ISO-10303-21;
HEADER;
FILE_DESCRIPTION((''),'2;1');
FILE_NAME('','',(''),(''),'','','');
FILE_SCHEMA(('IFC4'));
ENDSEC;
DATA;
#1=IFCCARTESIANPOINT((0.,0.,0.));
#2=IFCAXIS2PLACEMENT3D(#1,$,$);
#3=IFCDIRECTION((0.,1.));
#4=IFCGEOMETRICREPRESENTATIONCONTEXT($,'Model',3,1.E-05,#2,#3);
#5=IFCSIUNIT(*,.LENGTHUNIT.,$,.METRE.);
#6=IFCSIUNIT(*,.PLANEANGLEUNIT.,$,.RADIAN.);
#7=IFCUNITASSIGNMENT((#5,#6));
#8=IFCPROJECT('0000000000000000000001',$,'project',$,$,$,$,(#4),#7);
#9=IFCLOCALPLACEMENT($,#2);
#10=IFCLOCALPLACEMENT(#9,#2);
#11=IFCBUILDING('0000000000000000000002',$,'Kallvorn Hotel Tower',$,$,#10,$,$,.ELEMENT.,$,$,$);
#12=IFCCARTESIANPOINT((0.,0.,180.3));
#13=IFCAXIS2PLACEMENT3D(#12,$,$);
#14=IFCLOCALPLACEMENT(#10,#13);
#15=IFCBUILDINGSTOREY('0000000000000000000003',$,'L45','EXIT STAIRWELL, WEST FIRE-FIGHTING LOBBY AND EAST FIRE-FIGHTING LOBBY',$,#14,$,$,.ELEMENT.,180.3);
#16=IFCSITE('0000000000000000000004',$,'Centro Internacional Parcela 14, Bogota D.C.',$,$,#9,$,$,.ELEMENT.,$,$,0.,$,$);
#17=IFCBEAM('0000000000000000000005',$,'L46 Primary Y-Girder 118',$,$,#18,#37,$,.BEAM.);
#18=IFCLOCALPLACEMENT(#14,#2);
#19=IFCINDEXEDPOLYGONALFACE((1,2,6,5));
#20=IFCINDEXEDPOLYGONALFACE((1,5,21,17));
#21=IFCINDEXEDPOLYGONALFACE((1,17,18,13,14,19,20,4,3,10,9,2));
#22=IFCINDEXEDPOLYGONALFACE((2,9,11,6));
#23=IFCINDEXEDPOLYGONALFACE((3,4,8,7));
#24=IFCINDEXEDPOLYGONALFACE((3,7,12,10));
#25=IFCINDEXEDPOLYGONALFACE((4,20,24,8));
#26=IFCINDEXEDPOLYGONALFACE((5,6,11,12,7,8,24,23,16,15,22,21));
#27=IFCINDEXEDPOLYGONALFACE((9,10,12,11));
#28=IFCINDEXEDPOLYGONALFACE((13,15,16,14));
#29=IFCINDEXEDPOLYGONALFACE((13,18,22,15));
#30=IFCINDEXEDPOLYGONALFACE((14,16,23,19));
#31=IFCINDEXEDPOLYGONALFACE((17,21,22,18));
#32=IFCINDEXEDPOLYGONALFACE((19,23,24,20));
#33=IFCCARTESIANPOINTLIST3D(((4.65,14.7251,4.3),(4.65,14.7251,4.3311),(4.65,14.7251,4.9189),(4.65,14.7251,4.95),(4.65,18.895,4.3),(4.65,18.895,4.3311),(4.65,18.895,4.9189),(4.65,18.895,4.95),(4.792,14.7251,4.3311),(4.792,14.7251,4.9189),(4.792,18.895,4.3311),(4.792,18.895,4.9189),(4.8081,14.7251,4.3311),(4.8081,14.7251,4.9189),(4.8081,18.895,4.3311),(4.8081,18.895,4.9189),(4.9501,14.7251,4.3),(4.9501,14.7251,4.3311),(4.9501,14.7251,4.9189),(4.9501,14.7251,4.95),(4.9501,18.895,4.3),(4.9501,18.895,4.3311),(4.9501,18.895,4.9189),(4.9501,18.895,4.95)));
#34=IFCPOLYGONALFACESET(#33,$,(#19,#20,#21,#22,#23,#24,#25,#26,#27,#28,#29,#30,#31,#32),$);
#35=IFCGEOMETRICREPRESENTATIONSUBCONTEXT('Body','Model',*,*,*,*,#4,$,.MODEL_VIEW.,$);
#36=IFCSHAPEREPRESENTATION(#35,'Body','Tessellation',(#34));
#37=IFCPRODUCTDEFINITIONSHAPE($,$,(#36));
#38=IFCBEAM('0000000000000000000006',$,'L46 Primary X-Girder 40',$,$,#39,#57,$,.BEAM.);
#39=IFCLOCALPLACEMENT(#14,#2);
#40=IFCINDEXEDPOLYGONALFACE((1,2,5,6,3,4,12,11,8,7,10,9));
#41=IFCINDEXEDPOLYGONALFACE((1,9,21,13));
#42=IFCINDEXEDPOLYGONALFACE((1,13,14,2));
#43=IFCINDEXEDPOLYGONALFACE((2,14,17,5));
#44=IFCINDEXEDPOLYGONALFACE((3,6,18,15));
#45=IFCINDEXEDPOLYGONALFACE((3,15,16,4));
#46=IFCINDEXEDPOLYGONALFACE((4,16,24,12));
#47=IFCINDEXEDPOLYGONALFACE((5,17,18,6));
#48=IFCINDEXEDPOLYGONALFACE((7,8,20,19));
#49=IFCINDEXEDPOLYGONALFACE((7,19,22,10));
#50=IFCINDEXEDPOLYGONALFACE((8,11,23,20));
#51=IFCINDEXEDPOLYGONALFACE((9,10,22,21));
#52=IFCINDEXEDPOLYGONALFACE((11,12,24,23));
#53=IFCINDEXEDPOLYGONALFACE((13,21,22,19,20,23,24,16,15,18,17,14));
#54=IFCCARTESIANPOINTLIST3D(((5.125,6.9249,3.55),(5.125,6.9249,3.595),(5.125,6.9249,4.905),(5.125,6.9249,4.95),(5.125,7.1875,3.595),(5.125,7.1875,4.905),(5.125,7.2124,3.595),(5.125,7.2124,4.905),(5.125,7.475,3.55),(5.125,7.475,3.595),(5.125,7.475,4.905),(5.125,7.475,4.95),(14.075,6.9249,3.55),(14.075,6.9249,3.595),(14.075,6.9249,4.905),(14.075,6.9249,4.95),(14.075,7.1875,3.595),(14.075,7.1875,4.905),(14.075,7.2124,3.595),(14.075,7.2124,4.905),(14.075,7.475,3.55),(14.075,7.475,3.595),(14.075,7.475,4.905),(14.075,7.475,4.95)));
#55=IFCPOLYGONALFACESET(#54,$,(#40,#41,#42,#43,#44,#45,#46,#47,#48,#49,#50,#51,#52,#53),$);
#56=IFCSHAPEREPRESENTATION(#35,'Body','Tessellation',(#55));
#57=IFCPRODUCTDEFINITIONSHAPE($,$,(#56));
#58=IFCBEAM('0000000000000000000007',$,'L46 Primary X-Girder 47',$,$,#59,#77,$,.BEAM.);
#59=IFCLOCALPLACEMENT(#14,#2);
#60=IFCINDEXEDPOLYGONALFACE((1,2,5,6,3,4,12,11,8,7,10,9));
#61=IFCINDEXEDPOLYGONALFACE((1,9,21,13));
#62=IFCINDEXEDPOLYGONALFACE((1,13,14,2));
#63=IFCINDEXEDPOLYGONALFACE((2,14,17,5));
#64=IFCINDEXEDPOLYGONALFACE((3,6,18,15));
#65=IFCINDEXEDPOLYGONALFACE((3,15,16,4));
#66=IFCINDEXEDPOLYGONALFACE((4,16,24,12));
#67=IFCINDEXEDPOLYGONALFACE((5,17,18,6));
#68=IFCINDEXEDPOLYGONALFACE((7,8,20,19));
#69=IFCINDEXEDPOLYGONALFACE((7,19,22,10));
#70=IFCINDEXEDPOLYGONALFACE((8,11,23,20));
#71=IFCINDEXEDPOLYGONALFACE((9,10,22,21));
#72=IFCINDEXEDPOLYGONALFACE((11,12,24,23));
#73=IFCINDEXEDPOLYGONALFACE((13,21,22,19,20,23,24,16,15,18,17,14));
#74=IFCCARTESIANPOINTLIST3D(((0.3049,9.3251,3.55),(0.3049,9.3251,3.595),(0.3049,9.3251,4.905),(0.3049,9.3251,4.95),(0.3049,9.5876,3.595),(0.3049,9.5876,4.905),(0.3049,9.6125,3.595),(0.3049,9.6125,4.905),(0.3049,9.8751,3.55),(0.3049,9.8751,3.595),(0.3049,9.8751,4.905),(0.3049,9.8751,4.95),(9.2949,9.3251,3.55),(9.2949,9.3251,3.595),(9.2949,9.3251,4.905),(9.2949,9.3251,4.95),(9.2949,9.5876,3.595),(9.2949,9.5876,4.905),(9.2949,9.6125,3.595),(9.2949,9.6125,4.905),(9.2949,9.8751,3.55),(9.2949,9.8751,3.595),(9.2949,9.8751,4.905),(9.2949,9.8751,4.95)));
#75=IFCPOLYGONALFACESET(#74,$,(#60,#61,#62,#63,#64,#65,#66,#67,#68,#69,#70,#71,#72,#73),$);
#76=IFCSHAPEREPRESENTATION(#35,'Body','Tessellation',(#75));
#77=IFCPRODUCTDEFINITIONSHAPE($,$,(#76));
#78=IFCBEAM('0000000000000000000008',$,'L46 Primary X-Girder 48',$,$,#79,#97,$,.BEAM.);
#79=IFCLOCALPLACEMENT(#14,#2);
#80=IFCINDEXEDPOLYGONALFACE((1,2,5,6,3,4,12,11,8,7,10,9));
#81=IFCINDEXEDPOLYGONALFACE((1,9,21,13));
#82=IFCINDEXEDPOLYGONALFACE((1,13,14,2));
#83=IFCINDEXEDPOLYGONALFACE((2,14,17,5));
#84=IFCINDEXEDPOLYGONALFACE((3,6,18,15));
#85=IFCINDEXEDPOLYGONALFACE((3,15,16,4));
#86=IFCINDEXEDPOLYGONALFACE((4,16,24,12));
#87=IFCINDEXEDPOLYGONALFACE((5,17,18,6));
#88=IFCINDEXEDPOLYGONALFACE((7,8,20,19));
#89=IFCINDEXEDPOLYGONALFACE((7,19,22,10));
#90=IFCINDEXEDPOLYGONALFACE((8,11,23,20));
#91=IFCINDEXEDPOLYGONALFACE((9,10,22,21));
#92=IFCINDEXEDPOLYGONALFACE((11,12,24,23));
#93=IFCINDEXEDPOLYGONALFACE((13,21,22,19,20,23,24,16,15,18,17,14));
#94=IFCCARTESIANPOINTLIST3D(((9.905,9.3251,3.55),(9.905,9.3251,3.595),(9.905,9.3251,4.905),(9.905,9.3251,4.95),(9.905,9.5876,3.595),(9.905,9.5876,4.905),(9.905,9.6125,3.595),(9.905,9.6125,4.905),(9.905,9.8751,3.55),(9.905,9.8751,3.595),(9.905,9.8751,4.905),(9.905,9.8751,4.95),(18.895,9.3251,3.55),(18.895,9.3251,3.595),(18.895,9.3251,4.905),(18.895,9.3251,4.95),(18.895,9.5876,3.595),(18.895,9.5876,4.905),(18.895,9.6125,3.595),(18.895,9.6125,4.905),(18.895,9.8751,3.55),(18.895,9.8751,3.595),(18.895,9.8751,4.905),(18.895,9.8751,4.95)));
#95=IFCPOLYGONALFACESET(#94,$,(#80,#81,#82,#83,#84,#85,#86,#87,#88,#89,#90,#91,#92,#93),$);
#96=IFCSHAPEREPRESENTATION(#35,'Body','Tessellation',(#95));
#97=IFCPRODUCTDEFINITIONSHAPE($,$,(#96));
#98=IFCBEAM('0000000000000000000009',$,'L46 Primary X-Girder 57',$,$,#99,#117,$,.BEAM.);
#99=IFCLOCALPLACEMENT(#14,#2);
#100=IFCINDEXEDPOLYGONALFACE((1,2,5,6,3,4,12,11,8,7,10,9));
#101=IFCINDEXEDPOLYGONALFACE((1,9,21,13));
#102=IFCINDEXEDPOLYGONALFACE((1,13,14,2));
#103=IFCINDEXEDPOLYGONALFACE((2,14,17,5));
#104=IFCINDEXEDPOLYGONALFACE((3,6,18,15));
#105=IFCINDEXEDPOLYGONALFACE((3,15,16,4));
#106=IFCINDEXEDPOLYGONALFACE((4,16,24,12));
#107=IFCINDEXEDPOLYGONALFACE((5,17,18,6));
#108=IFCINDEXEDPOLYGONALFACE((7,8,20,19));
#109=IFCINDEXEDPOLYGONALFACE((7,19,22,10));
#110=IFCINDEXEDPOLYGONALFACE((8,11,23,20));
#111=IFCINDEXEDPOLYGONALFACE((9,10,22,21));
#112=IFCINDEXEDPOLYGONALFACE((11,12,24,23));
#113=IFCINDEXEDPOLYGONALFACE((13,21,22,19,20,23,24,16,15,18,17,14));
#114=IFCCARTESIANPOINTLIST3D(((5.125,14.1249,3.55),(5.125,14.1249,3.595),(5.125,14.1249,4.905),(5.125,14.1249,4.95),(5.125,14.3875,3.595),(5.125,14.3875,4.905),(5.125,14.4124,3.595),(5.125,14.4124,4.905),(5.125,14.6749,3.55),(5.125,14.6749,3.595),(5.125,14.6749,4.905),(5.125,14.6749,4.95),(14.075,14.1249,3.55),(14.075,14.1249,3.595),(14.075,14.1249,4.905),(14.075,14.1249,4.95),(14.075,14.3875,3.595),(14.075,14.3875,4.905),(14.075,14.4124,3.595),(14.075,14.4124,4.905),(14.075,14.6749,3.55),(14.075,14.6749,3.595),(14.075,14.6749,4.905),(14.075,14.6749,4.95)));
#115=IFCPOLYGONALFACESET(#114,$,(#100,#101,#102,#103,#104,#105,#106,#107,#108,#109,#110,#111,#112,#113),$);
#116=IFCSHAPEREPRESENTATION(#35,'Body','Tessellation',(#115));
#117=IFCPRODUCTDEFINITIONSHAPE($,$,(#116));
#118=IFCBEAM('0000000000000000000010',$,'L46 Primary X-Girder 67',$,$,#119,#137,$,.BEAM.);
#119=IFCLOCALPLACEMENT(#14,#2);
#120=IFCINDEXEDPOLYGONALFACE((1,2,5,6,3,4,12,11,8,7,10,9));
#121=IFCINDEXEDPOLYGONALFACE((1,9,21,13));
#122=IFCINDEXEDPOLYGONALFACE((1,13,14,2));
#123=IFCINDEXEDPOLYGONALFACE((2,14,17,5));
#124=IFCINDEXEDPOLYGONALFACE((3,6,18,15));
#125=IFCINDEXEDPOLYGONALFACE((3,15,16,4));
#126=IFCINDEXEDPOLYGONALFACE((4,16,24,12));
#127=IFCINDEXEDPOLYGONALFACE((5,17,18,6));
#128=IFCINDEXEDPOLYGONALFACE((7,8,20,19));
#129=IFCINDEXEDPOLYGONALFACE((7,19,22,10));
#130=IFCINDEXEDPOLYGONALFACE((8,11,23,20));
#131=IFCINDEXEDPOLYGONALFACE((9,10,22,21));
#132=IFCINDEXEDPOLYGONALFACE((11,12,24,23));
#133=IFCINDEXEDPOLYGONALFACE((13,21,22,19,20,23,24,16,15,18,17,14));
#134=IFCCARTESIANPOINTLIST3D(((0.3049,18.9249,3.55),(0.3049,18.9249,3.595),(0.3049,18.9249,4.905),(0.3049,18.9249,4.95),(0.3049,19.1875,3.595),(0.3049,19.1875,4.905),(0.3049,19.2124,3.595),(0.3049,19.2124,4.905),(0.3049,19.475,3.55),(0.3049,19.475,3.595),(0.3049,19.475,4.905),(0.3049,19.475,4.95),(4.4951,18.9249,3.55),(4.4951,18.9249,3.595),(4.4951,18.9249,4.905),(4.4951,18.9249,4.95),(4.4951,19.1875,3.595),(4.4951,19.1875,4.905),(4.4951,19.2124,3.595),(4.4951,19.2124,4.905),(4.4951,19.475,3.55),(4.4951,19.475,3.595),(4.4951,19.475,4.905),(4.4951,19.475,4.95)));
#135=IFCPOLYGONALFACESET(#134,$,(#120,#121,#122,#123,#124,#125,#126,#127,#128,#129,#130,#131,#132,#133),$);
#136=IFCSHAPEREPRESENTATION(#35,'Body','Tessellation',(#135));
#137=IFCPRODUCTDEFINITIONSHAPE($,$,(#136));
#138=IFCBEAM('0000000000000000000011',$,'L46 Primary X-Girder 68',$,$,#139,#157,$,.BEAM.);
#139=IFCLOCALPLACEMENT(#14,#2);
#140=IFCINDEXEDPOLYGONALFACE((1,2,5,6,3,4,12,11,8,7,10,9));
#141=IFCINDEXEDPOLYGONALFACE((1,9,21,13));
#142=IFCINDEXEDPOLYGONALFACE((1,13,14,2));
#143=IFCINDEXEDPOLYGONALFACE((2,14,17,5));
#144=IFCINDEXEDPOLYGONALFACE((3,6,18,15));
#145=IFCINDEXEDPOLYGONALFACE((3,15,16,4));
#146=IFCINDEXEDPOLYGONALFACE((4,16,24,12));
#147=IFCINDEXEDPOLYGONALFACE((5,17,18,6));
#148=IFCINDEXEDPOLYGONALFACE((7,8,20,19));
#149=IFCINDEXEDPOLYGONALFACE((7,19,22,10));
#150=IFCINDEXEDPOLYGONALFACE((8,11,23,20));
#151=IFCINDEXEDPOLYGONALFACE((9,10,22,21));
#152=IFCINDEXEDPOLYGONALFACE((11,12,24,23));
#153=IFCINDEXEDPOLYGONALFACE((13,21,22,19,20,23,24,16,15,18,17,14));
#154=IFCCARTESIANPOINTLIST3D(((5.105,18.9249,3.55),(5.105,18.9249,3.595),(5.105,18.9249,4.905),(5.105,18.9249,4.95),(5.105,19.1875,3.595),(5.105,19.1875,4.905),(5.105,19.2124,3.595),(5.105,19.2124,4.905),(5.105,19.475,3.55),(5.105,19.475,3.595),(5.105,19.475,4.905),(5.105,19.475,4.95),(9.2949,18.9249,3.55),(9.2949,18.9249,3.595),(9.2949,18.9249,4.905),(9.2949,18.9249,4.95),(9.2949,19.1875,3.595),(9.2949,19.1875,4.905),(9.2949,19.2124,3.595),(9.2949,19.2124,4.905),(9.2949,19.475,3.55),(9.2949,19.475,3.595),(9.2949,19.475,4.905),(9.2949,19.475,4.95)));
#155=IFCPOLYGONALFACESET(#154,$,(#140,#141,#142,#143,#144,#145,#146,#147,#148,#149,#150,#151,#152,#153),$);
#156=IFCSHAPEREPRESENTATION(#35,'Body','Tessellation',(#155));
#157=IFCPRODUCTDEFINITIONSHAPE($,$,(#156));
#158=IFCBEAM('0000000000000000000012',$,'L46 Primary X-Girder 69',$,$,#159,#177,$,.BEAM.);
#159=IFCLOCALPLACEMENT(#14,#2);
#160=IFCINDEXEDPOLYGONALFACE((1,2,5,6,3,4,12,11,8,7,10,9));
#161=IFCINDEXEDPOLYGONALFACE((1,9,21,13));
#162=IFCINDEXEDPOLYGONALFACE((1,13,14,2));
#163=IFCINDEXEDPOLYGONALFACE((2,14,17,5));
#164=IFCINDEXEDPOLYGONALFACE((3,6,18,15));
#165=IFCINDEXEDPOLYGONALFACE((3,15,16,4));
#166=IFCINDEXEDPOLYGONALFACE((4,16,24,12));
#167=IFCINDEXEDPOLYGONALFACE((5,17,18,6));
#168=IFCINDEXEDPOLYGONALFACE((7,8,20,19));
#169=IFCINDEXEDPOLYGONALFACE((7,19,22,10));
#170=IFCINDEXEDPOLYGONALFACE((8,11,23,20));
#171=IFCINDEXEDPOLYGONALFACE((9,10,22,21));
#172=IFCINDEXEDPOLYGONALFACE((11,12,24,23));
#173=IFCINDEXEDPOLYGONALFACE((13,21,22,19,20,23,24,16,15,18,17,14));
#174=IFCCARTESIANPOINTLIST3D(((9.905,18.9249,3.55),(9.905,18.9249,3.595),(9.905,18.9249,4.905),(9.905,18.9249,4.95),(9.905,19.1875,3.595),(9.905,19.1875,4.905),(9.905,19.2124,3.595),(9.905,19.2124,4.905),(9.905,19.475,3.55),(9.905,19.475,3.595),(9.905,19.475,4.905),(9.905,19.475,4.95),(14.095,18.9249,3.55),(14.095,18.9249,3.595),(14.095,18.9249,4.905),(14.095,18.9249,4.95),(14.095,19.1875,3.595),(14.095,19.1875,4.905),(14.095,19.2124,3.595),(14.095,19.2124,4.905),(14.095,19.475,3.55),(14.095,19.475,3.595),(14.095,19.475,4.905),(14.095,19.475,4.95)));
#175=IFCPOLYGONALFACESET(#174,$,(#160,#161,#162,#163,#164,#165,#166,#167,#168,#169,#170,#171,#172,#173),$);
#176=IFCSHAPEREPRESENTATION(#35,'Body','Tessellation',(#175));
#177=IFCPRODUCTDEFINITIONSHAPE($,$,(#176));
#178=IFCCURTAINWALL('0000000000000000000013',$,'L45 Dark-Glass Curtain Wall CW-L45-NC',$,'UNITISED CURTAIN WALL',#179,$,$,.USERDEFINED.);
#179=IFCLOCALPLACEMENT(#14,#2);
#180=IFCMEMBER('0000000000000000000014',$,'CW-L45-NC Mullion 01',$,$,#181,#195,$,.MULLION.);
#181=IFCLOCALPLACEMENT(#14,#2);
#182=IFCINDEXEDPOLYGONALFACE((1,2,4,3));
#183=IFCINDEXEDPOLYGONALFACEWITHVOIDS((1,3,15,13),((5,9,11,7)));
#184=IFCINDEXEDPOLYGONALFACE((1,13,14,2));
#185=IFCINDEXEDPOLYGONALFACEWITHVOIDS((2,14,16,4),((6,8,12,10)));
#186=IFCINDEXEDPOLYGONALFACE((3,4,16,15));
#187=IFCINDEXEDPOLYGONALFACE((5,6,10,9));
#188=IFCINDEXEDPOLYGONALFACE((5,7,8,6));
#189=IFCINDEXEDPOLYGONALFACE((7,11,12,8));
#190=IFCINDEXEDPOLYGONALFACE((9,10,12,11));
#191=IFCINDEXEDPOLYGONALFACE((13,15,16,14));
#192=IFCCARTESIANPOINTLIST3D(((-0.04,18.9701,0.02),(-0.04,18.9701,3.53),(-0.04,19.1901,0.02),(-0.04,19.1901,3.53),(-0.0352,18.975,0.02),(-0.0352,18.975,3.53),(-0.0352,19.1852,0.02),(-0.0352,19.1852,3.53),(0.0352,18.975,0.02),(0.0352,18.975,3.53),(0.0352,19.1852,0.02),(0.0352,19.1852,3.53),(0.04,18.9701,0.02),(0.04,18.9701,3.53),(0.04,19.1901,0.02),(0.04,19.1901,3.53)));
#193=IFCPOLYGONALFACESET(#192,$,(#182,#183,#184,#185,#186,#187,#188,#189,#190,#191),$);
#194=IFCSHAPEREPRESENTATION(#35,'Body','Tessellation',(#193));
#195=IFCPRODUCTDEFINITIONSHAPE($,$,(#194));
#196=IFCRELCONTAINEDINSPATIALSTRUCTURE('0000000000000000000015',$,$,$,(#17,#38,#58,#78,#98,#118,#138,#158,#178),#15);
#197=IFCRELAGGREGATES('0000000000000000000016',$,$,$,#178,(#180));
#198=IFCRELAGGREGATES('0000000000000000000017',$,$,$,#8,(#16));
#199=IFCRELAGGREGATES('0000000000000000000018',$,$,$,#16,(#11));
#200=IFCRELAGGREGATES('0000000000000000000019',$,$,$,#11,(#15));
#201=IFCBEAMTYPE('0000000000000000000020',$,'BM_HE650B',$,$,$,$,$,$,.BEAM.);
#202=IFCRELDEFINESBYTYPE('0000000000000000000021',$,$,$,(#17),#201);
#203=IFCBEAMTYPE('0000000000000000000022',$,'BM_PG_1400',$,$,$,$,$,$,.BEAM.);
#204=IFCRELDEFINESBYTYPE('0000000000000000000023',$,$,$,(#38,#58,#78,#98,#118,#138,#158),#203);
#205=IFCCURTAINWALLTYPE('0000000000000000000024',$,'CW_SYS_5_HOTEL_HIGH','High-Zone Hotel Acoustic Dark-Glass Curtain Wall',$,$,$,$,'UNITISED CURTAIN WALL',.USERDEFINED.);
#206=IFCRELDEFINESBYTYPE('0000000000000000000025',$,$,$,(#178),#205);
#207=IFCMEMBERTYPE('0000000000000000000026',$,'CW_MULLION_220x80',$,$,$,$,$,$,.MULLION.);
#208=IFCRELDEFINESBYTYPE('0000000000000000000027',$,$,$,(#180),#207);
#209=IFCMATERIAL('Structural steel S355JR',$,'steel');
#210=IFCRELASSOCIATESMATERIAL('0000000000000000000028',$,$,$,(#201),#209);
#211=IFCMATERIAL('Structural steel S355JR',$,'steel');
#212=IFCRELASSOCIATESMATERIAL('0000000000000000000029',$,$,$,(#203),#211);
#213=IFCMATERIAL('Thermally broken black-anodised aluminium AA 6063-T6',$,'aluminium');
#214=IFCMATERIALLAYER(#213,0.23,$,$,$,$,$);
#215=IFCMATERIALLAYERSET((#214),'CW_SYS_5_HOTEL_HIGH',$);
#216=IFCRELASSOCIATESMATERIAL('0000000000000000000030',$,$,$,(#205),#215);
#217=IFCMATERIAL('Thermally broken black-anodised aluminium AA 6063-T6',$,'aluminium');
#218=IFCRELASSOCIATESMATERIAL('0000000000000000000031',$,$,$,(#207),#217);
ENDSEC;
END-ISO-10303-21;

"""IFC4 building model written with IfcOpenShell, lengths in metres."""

from ifc_helpers import new_model, si_unit, direction, frame, origin, origin_2d, place, context, subcontext, project, spatial, hollow_rectangle, i_section, extrude, material, layer, layer_set, material_profile, profile_set, type_object, element, aggregate, save


model = new_model("IFC4")

# Units and contexts
model_context = context("Model", 3, precision=1e-05, world=origin(), true_north=direction((0.0, 1.0)))
body_context = subcontext(model_context, "Body", "Model", "MODEL_VIEW")
ifc_project = project(units=[si_unit("LENGTHUNIT", "METRE"), si_unit("PLANEANGLEUNIT", "RADIAN")], contexts=[model_context])

# Site, building, storey
site_placement = place(None, origin())
site = spatial("IfcSite", under=ifc_project, at=site_placement, Name="Centro Internacional Parcela 14, Bogota D.C.", CompositionType="ELEMENT", RefElevation=0.0)
building_placement = place(site_placement, origin())
building = spatial("IfcBuilding", under=site, at=building_placement, Name="Kallvorn Hotel Tower", CompositionType="ELEMENT")
storey_placement = place(building_placement, frame((0.0, 0.0, 180.3)))
storey = spatial("IfcBuildingStorey", under=building, at=storey_placement, Name="L45", Description="EXIT STAIRWELL, WEST FIRE-FIGHTING LOBBY AND EAST FIRE-FIGHTING LOBBY", CompositionType="ELEMENT", Elevation=180.3)

# Beams
ifc_material_1 = material(Name="Structural steel S355JR", Category="steel")
ifc_material_profile_1 = material_profile(ifc_material_1, i_section(OverallWidth=0.3, OverallDepth=0.6499, WebThickness=0.0161, FlangeThickness=0.031, at=origin_2d()), Name="HE 650 B")
ifc_profile_set_1 = profile_set([ifc_material_profile_1], Name="Structural steel S355JR")
beam_type_1 = type_object("IfcBeamType", Name="BM_HE650B", PredefinedType="BEAM", material=ifc_profile_set_1)
beam_1_placement = place(storey_placement, frame((4.8, 14.7251, 4.625), z_axis=(0.0, 1.0, 0.0), x_axis=(-1.0, 0.0, 0.0)))
element("IfcBeam", 1, at=beam_1_placement, inside=storey, type_object=beam_type_1, Name="L46 Primary Y-Girder 118", PredefinedType="BEAM", context=body_context, shape_type="SweptSolid", body=[
    extrude(i_section(OverallWidth=0.3, OverallDepth=0.6499, WebThickness=0.0161, FlangeThickness=0.031, at=origin_2d()), origin(), (0.0, 0.0, 1.0), 4.1699),
])
ifc_material_2 = material(Name="Structural steel S355JR", Category="steel")
ifc_material_profile_2 = material_profile(ifc_material_2, i_section(OverallWidth=0.55, OverallDepth=1.3999, WebThickness=0.0249, FlangeThickness=0.0449, at=origin_2d()), Name="PG 1400x550x25x45")
ifc_profile_set_2 = profile_set([ifc_material_profile_2], Name="Structural steel S355JR")
beam_type_2 = type_object("IfcBeamType", Name="BM_PG_1400", PredefinedType="BEAM", material=ifc_profile_set_2)
beam_2_placement = place(storey_placement, frame((5.125, 7.2, 4.25), z_axis=(1.0, 0.0, 0.0), x_axis=(0.0, 1.0, 0.0)))
element("IfcBeam", 2, at=beam_2_placement, inside=storey, type_object=beam_type_2, Name="L46 Primary X-Girder 40", PredefinedType="BEAM", context=body_context, shape_type="SweptSolid", body=[
    extrude(i_section(OverallWidth=0.55, OverallDepth=1.3999, WebThickness=0.0249, FlangeThickness=0.0449, at=origin_2d()), origin(), (0.0, 0.0, 1.0), 8.95),
])
for number, where, z_axis, x_axis, name in (
    (3, (0.3049, 9.6001, 4.25), (1.0, 0.0, 0.0), (0.0, 1.0, 0.0), "L46 Primary X-Girder 47"),
    (4, (9.905, 9.6001, 4.25), (1.0, 0.0, 0.0), (0.0, 1.0, 0.0), "L46 Primary X-Girder 48"),
):
    element("IfcBeam", number, at=place(storey_placement, frame(where, z_axis=z_axis, x_axis=x_axis)), inside=storey, type_object=beam_type_2, Name=name, PredefinedType="BEAM", context=body_context, shape_type="SweptSolid", body=[
        extrude(i_section(OverallWidth=0.55, OverallDepth=1.3999, WebThickness=0.0249, FlangeThickness=0.0449, at=origin_2d()), origin(), (0.0, 0.0, 1.0), 8.99),
    ])
beam_3_placement = place(storey_placement, frame((5.125, 14.3999, 4.25), z_axis=(1.0, 0.0, 0.0), x_axis=(0.0, 1.0, 0.0)))
element("IfcBeam", 5, at=beam_3_placement, inside=storey, type_object=beam_type_2, Name="L46 Primary X-Girder 57", PredefinedType="BEAM", context=body_context, shape_type="SweptSolid", body=[
    extrude(i_section(OverallWidth=0.55, OverallDepth=1.3999, WebThickness=0.0249, FlangeThickness=0.0449, at=origin_2d()), origin(), (0.0, 0.0, 1.0), 8.95),
])
beam_4_placement = place(storey_placement, frame((0.3049, 19.2, 4.25), z_axis=(1.0, 0.0, 0.0), x_axis=(0.0, 1.0, 0.0)))
element("IfcBeam", 6, at=beam_4_placement, inside=storey, type_object=beam_type_2, Name="L46 Primary X-Girder 67", PredefinedType="BEAM", context=body_context, shape_type="SweptSolid", body=[
    extrude(i_section(OverallWidth=0.55, OverallDepth=1.3999, WebThickness=0.0249, FlangeThickness=0.0449, at=origin_2d()), origin(), (0.0, 0.0, 1.0), 4.1902),
])
for number, where, z_axis, x_axis, name in (
    (7, (5.105, 19.2, 4.25), (1.0, 0.0, 0.0), (0.0, 1.0, 0.0), "L46 Primary X-Girder 68"),
    (8, (9.905, 19.2, 4.25), (1.0, 0.0, 0.0), (0.0, 1.0, 0.0), "L46 Primary X-Girder 69"),
):
    element("IfcBeam", number, at=place(storey_placement, frame(where, z_axis=z_axis, x_axis=x_axis)), inside=storey, type_object=beam_type_2, Name=name, PredefinedType="BEAM", context=body_context, shape_type="SweptSolid", body=[
        extrude(i_section(OverallWidth=0.55, OverallDepth=1.3999, WebThickness=0.0249, FlangeThickness=0.0449, at=origin_2d()), origin(), (0.0, 0.0, 1.0), 4.1899),
    ])

# Curtain wall, member
ifc_material_3 = material(Name="Thermally broken black-anodised aluminium AA 6063-T6", Category="aluminium")
ifc_layer_1 = layer(ifc_material_3, 0.23)
ifc_layer_set_1 = layer_set([ifc_layer_1], Name="CW_SYS_5_HOTEL_HIGH")
curtain_wall_type = type_object("IfcCurtainWallType", Name="CW_SYS_5_HOTEL_HIGH", Description="High-Zone Hotel Acoustic Dark-Glass Curtain Wall", ElementType="UNITISED CURTAIN WALL", PredefinedType="USERDEFINED", material=ifc_layer_set_1)
curtain_wall_placement = place(storey_placement, origin())
curtain_wall = element("IfcCurtainWall", 9, at=curtain_wall_placement, inside=storey, type_object=curtain_wall_type, Name="L45 Dark-Glass Curtain Wall CW-L45-NC", ObjectType="UNITISED CURTAIN WALL", PredefinedType="USERDEFINED")
ifc_material_4 = material(Name="Thermally broken black-anodised aluminium AA 6063-T6", Category="aluminium")
ifc_material_profile_3 = material_profile(ifc_material_4, hollow_rectangle(XDim=0.0801, YDim=0.22, WallThickness=0.0049, at=origin_2d()), Name="MUL 220x80")
ifc_profile_set_3 = profile_set([ifc_material_profile_3], Name="Thermally broken black-anodised aluminium AA 6063-T6")
member_type_1 = type_object("IfcMemberType", Name="CW_MULLION_220x80", PredefinedType="MULLION", material=ifc_profile_set_3)
member_1_placement = place(storey_placement, frame((0.0, 19.0801, 0.02), z_axis=(0.0, 0.0, 1.0), x_axis=(1.0, 0.0, 0.0)))
member_1 = element("IfcMember", 10, at=member_1_placement, type_object=member_type_1, Name="CW-L45-NC Mullion 01", PredefinedType="MULLION", context=body_context, shape_type="SweptSolid", body=[
    extrude(hollow_rectangle(XDim=0.0801, YDim=0.22, WallThickness=0.0049, at=origin_2d()), origin(), (0.0, 0.0, 1.0), 3.51),
])
aggregate(curtain_wall, [member_1])

save(model, "model.ifc")
